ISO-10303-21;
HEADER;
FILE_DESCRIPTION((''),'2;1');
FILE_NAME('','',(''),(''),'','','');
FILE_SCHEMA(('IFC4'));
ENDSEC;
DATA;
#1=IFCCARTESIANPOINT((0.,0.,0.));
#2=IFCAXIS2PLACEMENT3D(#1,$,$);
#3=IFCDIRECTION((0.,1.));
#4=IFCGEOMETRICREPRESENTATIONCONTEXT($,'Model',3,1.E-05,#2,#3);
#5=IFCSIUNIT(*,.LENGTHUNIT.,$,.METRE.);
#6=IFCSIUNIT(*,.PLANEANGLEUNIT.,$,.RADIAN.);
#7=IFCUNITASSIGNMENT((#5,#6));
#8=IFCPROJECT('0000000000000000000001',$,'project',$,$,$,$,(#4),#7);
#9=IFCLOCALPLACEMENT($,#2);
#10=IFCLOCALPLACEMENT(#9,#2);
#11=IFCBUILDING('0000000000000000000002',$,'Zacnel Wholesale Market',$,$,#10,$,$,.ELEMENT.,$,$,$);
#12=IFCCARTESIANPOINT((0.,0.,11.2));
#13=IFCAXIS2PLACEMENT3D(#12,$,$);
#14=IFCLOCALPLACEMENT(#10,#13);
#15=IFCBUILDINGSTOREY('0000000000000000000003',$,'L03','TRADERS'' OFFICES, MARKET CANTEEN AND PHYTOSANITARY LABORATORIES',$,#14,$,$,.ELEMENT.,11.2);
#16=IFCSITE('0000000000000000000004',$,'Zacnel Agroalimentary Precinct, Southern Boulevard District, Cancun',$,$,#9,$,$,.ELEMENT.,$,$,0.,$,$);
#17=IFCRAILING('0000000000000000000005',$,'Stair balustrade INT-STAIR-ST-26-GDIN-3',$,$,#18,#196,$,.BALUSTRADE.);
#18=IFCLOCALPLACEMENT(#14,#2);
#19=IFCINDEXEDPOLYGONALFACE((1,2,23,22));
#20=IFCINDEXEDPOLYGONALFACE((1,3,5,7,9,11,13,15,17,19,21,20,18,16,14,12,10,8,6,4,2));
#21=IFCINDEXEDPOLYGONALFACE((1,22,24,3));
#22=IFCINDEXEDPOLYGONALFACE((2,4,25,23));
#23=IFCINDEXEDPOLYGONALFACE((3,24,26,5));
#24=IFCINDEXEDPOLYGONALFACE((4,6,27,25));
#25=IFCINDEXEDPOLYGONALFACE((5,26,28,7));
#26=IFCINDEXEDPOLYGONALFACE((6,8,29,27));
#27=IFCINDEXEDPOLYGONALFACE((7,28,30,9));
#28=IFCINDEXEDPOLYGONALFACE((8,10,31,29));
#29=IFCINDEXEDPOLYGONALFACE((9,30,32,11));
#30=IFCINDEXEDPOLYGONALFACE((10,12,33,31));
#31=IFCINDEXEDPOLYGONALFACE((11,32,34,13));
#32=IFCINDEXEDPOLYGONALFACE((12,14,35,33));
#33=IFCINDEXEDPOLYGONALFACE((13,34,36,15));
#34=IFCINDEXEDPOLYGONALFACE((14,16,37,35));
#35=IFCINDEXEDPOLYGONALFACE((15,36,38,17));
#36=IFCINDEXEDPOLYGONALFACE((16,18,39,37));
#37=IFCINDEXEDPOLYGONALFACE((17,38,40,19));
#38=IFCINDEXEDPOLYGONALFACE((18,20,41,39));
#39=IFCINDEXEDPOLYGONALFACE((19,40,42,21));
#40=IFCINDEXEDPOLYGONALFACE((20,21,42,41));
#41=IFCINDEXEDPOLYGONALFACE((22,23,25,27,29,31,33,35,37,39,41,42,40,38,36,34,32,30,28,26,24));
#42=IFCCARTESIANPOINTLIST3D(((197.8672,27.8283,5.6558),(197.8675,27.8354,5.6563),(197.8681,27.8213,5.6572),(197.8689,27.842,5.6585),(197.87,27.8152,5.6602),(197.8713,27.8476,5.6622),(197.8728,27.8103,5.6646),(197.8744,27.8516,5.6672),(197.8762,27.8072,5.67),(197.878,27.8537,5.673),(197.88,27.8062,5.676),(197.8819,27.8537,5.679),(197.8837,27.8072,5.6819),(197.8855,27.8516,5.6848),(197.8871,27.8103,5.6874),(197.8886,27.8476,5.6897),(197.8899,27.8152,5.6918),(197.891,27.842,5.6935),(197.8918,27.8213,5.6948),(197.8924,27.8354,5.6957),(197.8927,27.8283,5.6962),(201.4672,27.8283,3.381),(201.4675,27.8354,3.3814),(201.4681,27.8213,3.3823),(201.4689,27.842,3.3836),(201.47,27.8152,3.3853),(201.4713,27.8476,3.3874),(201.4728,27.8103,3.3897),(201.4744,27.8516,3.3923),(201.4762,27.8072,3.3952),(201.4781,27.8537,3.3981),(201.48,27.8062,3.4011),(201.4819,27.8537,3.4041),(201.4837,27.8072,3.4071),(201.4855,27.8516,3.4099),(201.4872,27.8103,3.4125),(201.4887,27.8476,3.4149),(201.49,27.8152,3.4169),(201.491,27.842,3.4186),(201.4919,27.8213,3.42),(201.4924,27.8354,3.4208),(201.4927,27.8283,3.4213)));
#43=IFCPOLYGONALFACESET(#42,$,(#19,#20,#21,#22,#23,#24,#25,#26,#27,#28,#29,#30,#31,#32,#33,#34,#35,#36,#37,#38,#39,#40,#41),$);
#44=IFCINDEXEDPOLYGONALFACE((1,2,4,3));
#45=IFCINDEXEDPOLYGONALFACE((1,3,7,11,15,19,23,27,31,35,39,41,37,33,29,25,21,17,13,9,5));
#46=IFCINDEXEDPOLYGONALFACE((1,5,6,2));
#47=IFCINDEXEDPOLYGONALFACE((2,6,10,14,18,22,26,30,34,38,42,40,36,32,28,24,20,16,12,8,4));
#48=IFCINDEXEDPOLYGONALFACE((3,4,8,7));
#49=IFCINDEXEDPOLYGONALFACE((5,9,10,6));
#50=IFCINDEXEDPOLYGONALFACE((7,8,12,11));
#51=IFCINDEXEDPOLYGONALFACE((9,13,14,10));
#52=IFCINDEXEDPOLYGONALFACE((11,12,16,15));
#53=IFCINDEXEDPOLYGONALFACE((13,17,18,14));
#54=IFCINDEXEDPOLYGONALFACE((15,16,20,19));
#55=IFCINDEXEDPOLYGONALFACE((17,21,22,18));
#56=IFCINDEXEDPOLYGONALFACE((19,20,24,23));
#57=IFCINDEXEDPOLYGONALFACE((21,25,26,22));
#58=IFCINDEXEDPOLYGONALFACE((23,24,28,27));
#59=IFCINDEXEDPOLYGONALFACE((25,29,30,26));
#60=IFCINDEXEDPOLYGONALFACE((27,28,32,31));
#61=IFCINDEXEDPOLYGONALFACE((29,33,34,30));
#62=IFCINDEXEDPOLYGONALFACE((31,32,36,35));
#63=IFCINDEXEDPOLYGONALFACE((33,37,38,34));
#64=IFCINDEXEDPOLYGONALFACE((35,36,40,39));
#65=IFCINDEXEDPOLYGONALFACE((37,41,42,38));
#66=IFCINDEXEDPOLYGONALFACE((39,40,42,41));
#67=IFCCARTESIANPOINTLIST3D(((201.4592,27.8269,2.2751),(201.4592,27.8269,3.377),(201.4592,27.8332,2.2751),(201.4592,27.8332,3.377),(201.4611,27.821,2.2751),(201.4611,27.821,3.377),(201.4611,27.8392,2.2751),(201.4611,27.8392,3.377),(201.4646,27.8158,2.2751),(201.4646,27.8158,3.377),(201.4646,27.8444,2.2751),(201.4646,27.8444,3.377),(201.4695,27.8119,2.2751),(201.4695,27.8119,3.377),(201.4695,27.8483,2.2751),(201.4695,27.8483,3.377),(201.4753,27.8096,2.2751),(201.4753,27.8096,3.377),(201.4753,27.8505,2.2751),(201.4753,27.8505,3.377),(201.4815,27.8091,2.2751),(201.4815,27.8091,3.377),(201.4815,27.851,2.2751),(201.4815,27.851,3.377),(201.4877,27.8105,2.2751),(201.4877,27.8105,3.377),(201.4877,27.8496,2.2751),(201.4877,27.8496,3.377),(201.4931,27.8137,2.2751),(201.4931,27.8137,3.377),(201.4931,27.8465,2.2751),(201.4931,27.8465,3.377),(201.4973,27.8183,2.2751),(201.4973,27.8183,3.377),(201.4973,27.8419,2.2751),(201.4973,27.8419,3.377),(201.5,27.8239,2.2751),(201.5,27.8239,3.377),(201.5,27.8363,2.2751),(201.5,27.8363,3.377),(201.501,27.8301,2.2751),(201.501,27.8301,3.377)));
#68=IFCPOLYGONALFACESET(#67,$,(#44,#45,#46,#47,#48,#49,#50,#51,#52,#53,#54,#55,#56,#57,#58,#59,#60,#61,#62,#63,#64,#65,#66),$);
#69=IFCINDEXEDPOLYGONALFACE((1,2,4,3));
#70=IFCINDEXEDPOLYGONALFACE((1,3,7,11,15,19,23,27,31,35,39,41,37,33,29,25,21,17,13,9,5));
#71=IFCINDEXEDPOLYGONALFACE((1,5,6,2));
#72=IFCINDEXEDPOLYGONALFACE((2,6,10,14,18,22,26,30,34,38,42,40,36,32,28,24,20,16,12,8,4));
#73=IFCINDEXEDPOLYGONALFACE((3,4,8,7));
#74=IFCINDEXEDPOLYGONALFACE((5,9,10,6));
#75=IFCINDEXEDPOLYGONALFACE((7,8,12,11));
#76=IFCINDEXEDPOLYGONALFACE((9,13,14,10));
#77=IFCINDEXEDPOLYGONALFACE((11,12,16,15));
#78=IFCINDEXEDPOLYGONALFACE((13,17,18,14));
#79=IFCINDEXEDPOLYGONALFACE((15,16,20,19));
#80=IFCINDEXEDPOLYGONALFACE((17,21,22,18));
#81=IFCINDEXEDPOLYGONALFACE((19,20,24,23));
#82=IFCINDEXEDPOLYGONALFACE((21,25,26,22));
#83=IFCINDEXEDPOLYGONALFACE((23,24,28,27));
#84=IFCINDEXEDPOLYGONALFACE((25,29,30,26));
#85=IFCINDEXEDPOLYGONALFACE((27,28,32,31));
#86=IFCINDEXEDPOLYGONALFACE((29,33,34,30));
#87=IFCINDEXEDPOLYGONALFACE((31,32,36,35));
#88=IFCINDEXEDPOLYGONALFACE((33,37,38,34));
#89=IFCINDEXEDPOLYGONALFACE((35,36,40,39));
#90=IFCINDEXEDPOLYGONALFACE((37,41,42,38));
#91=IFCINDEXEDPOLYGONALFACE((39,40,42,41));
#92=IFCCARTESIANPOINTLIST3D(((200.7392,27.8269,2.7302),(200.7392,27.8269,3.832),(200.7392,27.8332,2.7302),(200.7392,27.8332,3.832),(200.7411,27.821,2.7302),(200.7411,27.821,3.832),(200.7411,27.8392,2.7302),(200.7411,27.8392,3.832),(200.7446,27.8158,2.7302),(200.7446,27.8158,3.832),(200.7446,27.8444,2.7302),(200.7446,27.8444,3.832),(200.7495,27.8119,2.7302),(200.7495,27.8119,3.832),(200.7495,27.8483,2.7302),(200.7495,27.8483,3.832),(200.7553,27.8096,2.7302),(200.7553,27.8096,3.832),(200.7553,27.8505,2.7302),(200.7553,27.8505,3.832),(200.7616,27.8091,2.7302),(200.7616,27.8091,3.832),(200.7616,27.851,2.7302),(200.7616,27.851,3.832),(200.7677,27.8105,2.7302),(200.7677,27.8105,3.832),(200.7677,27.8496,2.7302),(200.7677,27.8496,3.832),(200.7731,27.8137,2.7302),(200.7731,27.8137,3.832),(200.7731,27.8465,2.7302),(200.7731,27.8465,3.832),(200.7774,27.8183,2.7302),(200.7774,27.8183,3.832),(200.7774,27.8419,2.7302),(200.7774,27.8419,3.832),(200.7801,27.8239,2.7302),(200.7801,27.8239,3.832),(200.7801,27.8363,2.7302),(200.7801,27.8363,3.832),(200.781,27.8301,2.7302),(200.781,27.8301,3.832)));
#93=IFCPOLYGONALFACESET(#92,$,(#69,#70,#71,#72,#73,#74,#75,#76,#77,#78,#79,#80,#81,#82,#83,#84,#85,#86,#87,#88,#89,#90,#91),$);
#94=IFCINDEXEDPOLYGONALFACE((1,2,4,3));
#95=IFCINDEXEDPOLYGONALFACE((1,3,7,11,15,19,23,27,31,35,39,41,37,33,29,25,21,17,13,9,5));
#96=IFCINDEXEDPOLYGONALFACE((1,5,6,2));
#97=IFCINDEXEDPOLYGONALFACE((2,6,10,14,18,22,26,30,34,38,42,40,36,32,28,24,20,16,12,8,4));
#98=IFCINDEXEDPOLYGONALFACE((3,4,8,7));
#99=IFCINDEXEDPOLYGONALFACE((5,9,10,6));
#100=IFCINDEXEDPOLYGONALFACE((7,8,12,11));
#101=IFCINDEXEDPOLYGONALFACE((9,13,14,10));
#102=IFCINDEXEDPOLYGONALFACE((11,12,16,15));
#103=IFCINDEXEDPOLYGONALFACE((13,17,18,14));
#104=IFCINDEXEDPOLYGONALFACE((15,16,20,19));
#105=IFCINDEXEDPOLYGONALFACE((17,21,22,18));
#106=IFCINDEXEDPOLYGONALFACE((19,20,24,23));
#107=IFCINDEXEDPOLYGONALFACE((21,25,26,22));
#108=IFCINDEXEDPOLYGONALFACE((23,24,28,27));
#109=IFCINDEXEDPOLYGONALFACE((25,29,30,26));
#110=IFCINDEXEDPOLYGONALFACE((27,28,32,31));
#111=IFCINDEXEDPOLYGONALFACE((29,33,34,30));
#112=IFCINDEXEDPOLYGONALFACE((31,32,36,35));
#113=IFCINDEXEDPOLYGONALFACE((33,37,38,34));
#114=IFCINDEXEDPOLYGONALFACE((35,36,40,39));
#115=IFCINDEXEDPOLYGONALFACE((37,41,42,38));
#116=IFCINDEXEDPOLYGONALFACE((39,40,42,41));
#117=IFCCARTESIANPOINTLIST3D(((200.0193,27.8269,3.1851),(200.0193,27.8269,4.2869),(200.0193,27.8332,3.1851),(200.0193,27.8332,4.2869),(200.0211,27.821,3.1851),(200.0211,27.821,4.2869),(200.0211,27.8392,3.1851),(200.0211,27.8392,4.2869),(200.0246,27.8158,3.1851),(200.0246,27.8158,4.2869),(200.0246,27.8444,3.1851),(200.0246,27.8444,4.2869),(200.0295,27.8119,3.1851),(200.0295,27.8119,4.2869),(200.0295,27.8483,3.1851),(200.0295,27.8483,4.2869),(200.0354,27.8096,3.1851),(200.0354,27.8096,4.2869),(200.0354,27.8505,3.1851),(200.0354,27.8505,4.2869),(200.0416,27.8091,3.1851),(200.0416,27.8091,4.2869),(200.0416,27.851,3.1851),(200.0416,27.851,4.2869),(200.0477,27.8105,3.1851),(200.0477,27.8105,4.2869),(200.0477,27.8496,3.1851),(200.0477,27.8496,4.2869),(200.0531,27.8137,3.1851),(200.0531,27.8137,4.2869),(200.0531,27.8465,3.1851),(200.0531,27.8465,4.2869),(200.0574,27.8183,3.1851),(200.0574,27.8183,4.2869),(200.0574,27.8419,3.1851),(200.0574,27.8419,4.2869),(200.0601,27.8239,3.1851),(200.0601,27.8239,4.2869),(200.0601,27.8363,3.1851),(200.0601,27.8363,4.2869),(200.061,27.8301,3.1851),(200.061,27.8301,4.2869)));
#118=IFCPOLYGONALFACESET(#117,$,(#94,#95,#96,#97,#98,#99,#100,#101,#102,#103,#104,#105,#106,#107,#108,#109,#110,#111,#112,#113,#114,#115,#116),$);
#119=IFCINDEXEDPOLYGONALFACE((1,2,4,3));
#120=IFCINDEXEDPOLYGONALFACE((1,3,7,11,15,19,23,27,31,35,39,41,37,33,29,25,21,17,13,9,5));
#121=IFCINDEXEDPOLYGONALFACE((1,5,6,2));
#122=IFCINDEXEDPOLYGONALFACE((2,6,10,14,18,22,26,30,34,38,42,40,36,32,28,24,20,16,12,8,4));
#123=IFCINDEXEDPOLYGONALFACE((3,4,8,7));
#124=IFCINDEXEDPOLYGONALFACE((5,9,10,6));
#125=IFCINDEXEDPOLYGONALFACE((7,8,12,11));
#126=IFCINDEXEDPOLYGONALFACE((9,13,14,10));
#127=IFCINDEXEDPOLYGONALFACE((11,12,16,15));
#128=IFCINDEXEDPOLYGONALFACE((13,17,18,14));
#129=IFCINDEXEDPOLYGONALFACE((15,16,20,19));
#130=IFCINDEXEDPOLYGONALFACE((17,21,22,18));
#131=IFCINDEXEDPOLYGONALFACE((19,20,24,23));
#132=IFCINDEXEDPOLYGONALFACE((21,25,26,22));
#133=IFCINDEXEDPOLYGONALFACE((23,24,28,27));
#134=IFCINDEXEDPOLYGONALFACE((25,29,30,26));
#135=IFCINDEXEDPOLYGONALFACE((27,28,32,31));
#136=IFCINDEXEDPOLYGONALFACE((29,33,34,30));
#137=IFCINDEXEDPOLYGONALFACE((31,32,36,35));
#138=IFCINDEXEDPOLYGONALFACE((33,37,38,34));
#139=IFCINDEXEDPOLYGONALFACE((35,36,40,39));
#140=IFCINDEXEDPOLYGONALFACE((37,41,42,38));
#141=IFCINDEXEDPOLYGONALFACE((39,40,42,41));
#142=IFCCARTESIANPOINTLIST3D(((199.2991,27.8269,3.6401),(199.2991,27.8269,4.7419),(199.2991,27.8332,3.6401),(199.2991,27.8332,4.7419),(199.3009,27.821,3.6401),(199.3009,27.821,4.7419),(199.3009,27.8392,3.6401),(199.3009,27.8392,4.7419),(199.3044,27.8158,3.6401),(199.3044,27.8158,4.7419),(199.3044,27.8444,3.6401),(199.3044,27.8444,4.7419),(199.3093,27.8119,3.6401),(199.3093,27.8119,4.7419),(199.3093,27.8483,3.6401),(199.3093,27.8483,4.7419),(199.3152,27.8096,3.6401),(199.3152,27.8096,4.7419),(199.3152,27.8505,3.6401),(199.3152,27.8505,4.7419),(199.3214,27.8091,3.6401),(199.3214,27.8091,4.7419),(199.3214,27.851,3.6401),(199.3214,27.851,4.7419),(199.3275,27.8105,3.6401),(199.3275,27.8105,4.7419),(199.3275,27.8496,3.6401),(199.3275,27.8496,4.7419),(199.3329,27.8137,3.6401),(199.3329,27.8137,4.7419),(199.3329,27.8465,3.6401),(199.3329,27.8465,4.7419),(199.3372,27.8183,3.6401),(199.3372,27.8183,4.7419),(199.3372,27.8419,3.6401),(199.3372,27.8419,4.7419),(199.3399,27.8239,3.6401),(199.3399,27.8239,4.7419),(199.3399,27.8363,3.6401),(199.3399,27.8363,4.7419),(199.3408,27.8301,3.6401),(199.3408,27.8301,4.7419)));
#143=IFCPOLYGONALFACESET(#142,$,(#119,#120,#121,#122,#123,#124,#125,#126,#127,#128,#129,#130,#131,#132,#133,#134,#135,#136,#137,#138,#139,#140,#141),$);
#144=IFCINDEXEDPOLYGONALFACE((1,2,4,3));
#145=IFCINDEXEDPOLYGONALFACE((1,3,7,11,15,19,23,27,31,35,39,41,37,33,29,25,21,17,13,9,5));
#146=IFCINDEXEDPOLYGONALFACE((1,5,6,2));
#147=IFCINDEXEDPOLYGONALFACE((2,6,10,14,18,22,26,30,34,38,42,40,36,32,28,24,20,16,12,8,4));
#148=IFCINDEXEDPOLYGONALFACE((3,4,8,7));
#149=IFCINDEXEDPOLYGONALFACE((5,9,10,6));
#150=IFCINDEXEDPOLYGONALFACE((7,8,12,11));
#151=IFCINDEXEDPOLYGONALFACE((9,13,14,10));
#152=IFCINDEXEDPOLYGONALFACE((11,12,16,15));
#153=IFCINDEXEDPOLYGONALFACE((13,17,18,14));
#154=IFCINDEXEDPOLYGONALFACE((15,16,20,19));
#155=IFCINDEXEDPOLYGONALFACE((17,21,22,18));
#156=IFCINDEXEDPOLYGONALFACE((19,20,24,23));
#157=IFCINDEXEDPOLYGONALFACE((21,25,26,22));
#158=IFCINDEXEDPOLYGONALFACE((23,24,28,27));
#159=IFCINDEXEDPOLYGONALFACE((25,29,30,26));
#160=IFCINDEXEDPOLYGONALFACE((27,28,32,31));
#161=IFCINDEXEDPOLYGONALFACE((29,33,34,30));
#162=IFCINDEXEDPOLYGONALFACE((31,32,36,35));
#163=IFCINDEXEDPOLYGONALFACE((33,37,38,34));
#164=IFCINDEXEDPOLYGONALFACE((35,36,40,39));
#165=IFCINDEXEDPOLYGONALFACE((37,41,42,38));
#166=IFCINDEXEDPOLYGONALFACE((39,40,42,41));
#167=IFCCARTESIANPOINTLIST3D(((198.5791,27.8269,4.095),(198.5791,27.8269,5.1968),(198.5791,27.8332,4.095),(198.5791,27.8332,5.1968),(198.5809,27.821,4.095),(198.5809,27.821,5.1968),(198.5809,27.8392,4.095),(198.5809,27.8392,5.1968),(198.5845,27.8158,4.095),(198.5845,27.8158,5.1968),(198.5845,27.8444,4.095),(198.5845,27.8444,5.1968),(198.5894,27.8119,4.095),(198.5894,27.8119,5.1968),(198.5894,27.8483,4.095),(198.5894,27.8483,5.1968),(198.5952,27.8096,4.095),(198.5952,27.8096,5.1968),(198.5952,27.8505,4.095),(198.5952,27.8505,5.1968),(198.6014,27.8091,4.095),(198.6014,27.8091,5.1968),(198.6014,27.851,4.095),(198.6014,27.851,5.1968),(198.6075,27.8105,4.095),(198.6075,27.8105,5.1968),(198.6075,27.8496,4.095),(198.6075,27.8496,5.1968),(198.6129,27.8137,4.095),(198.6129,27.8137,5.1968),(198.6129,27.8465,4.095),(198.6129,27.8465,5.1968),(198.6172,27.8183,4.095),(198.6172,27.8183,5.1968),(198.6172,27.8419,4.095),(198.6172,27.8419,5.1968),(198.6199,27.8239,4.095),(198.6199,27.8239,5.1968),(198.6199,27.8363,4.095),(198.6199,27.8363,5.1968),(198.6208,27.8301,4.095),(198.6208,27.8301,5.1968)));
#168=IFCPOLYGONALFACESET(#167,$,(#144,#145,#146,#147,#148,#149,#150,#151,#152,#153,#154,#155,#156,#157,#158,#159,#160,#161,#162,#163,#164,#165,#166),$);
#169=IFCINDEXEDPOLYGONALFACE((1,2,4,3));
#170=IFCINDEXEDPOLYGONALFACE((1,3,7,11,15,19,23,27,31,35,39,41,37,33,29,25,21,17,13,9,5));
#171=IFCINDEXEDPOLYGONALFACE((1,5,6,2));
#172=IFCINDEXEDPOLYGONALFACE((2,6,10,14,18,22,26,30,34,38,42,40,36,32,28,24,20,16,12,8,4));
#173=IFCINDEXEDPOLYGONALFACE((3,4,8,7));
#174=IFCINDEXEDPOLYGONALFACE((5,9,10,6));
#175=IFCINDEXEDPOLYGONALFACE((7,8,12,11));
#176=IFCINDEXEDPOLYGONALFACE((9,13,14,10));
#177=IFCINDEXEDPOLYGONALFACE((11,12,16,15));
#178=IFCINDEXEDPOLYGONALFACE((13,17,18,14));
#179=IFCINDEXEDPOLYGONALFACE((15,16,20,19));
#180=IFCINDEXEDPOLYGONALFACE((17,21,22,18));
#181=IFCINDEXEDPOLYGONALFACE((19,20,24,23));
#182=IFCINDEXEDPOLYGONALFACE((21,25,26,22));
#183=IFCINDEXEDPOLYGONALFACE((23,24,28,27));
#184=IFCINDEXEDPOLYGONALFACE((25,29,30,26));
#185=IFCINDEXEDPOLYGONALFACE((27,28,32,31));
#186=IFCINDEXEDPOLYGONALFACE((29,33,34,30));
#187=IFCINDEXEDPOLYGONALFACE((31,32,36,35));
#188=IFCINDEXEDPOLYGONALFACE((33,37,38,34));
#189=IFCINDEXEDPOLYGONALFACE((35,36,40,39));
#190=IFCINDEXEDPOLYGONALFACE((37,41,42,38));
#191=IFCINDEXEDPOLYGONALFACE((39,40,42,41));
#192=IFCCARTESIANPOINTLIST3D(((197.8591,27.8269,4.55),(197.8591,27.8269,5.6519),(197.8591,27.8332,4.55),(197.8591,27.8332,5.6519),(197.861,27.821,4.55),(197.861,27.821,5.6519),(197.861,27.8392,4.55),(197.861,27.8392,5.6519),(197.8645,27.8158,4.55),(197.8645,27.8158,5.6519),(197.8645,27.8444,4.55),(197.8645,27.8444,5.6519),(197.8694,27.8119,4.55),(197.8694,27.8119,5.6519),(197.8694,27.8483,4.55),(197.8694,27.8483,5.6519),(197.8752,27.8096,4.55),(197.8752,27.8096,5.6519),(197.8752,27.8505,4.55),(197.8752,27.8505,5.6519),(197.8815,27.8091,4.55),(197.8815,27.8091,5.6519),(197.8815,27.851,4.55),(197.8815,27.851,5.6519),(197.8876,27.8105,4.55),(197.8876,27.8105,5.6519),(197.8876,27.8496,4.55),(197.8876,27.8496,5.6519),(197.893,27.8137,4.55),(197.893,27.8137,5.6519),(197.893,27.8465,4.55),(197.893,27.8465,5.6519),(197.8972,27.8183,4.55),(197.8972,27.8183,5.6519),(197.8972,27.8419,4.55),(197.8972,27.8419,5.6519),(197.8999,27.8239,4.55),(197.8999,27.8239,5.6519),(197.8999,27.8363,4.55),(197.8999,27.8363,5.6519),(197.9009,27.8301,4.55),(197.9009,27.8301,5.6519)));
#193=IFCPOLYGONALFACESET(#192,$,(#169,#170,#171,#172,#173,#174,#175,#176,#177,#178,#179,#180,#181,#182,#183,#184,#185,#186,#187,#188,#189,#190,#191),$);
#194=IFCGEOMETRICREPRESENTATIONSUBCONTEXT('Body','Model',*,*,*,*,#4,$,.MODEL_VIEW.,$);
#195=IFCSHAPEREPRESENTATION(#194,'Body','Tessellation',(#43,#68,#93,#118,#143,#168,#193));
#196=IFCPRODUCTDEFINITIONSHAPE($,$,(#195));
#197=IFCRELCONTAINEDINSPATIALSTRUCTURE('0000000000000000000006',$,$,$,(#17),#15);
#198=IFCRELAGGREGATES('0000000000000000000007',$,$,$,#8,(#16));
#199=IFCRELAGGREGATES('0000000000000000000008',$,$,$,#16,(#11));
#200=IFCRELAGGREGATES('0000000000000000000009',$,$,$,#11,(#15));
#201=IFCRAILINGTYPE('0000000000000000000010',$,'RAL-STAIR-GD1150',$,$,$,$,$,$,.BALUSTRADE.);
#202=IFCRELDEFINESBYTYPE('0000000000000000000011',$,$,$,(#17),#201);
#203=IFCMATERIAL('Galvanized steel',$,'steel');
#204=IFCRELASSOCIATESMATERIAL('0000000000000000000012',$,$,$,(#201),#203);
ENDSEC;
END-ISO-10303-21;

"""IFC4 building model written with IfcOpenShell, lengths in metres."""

from ifc_helpers import new_model, si_unit, direction, frame, origin, origin_2d, place, context, subcontext, project, spatial, circle, extrude, material, type_object, element, save


model = new_model("IFC4")

# Units and contexts
model_context = context("Model", 3, precision=1e-05, world=origin(), true_north=direction((0.0, 1.0)))
body_context = subcontext(model_context, "Body", "Model", "MODEL_VIEW")
ifc_project = project(units=[si_unit("LENGTHUNIT", "METRE"), si_unit("PLANEANGLEUNIT", "RADIAN")], contexts=[model_context])

# Site, building, storey
site_placement = place(None, origin())
site = spatial("IfcSite", under=ifc_project, at=site_placement, Name="Zacnel Agroalimentary Precinct, Southern Boulevard District, Cancun", CompositionType="ELEMENT", RefElevation=0.0)
building_placement = place(site_placement, origin())
building = spatial("IfcBuilding", under=site, at=building_placement, Name="Zacnel Wholesale Market", CompositionType="ELEMENT")
storey_placement = place(building_placement, frame((0.0, 0.0, 11.2)))
storey = spatial("IfcBuildingStorey", under=building, at=storey_placement, Name="L03", Description="TRADERS' OFFICES, MARKET CANTEEN AND PHYTOSANITARY LABORATORIES", CompositionType="ELEMENT", Elevation=11.2)

# Railing
ifc_material_1 = material(Name="Galvanized steel", Category="steel")
railing_type = type_object("IfcRailingType", Name="RAL-STAIR-GD1150", PredefinedType="BALUSTRADE", material=ifc_material_1)
railing_1_placement = place(storey_placement, frame((201.48, 27.8301, 2.2751)))
element("IfcRailing", 1, at=railing_1_placement, inside=storey, type_object=railing_type, Name="Stair balustrade INT-STAIR-ST-26-GDIN-3", PredefinedType="BALUSTRADE", context=body_context, shape_type="SweptSolid", body=[
    extrude(circle(Radius=0.0239, at=origin_2d()), frame((0.0, 0.0, 1.126), z_axis=(-0.845366, 0.0, 0.534187), x_axis=(0.0, -1.0, 0.0)), (0.0, 0.0, 1.0), 4.2585),
    extrude(circle(Radius=0.021, at=origin_2d()), origin(), (0.0, 0.0, 1.0), 1.1018),
    extrude(circle(Radius=0.021, at=origin_2d()), frame((-0.72, 0.0, 0.4551)), (0.0, 0.0, 1.0), 1.1018),
    extrude(circle(Radius=0.021, at=origin_2d()), frame((-1.4399, 0.0, 0.9099)), (0.0, 0.0, 1.0), 1.1018),
    extrude(circle(Radius=0.021, at=origin_2d()), frame((-2.1602, 0.0, 1.365)), (0.0, 0.0, 1.0), 1.1018),
    extrude(circle(Radius=0.021, at=origin_2d()), frame((-2.8801, 0.0, 1.8198)), (0.0, 0.0, 1.0), 1.1018),
    extrude(circle(Radius=0.021, at=origin_2d()), frame((-3.6001, 0.0, 2.2749)), (0.0, 0.0, 1.0), 1.1018),
])

save(model, "model.ifc")
